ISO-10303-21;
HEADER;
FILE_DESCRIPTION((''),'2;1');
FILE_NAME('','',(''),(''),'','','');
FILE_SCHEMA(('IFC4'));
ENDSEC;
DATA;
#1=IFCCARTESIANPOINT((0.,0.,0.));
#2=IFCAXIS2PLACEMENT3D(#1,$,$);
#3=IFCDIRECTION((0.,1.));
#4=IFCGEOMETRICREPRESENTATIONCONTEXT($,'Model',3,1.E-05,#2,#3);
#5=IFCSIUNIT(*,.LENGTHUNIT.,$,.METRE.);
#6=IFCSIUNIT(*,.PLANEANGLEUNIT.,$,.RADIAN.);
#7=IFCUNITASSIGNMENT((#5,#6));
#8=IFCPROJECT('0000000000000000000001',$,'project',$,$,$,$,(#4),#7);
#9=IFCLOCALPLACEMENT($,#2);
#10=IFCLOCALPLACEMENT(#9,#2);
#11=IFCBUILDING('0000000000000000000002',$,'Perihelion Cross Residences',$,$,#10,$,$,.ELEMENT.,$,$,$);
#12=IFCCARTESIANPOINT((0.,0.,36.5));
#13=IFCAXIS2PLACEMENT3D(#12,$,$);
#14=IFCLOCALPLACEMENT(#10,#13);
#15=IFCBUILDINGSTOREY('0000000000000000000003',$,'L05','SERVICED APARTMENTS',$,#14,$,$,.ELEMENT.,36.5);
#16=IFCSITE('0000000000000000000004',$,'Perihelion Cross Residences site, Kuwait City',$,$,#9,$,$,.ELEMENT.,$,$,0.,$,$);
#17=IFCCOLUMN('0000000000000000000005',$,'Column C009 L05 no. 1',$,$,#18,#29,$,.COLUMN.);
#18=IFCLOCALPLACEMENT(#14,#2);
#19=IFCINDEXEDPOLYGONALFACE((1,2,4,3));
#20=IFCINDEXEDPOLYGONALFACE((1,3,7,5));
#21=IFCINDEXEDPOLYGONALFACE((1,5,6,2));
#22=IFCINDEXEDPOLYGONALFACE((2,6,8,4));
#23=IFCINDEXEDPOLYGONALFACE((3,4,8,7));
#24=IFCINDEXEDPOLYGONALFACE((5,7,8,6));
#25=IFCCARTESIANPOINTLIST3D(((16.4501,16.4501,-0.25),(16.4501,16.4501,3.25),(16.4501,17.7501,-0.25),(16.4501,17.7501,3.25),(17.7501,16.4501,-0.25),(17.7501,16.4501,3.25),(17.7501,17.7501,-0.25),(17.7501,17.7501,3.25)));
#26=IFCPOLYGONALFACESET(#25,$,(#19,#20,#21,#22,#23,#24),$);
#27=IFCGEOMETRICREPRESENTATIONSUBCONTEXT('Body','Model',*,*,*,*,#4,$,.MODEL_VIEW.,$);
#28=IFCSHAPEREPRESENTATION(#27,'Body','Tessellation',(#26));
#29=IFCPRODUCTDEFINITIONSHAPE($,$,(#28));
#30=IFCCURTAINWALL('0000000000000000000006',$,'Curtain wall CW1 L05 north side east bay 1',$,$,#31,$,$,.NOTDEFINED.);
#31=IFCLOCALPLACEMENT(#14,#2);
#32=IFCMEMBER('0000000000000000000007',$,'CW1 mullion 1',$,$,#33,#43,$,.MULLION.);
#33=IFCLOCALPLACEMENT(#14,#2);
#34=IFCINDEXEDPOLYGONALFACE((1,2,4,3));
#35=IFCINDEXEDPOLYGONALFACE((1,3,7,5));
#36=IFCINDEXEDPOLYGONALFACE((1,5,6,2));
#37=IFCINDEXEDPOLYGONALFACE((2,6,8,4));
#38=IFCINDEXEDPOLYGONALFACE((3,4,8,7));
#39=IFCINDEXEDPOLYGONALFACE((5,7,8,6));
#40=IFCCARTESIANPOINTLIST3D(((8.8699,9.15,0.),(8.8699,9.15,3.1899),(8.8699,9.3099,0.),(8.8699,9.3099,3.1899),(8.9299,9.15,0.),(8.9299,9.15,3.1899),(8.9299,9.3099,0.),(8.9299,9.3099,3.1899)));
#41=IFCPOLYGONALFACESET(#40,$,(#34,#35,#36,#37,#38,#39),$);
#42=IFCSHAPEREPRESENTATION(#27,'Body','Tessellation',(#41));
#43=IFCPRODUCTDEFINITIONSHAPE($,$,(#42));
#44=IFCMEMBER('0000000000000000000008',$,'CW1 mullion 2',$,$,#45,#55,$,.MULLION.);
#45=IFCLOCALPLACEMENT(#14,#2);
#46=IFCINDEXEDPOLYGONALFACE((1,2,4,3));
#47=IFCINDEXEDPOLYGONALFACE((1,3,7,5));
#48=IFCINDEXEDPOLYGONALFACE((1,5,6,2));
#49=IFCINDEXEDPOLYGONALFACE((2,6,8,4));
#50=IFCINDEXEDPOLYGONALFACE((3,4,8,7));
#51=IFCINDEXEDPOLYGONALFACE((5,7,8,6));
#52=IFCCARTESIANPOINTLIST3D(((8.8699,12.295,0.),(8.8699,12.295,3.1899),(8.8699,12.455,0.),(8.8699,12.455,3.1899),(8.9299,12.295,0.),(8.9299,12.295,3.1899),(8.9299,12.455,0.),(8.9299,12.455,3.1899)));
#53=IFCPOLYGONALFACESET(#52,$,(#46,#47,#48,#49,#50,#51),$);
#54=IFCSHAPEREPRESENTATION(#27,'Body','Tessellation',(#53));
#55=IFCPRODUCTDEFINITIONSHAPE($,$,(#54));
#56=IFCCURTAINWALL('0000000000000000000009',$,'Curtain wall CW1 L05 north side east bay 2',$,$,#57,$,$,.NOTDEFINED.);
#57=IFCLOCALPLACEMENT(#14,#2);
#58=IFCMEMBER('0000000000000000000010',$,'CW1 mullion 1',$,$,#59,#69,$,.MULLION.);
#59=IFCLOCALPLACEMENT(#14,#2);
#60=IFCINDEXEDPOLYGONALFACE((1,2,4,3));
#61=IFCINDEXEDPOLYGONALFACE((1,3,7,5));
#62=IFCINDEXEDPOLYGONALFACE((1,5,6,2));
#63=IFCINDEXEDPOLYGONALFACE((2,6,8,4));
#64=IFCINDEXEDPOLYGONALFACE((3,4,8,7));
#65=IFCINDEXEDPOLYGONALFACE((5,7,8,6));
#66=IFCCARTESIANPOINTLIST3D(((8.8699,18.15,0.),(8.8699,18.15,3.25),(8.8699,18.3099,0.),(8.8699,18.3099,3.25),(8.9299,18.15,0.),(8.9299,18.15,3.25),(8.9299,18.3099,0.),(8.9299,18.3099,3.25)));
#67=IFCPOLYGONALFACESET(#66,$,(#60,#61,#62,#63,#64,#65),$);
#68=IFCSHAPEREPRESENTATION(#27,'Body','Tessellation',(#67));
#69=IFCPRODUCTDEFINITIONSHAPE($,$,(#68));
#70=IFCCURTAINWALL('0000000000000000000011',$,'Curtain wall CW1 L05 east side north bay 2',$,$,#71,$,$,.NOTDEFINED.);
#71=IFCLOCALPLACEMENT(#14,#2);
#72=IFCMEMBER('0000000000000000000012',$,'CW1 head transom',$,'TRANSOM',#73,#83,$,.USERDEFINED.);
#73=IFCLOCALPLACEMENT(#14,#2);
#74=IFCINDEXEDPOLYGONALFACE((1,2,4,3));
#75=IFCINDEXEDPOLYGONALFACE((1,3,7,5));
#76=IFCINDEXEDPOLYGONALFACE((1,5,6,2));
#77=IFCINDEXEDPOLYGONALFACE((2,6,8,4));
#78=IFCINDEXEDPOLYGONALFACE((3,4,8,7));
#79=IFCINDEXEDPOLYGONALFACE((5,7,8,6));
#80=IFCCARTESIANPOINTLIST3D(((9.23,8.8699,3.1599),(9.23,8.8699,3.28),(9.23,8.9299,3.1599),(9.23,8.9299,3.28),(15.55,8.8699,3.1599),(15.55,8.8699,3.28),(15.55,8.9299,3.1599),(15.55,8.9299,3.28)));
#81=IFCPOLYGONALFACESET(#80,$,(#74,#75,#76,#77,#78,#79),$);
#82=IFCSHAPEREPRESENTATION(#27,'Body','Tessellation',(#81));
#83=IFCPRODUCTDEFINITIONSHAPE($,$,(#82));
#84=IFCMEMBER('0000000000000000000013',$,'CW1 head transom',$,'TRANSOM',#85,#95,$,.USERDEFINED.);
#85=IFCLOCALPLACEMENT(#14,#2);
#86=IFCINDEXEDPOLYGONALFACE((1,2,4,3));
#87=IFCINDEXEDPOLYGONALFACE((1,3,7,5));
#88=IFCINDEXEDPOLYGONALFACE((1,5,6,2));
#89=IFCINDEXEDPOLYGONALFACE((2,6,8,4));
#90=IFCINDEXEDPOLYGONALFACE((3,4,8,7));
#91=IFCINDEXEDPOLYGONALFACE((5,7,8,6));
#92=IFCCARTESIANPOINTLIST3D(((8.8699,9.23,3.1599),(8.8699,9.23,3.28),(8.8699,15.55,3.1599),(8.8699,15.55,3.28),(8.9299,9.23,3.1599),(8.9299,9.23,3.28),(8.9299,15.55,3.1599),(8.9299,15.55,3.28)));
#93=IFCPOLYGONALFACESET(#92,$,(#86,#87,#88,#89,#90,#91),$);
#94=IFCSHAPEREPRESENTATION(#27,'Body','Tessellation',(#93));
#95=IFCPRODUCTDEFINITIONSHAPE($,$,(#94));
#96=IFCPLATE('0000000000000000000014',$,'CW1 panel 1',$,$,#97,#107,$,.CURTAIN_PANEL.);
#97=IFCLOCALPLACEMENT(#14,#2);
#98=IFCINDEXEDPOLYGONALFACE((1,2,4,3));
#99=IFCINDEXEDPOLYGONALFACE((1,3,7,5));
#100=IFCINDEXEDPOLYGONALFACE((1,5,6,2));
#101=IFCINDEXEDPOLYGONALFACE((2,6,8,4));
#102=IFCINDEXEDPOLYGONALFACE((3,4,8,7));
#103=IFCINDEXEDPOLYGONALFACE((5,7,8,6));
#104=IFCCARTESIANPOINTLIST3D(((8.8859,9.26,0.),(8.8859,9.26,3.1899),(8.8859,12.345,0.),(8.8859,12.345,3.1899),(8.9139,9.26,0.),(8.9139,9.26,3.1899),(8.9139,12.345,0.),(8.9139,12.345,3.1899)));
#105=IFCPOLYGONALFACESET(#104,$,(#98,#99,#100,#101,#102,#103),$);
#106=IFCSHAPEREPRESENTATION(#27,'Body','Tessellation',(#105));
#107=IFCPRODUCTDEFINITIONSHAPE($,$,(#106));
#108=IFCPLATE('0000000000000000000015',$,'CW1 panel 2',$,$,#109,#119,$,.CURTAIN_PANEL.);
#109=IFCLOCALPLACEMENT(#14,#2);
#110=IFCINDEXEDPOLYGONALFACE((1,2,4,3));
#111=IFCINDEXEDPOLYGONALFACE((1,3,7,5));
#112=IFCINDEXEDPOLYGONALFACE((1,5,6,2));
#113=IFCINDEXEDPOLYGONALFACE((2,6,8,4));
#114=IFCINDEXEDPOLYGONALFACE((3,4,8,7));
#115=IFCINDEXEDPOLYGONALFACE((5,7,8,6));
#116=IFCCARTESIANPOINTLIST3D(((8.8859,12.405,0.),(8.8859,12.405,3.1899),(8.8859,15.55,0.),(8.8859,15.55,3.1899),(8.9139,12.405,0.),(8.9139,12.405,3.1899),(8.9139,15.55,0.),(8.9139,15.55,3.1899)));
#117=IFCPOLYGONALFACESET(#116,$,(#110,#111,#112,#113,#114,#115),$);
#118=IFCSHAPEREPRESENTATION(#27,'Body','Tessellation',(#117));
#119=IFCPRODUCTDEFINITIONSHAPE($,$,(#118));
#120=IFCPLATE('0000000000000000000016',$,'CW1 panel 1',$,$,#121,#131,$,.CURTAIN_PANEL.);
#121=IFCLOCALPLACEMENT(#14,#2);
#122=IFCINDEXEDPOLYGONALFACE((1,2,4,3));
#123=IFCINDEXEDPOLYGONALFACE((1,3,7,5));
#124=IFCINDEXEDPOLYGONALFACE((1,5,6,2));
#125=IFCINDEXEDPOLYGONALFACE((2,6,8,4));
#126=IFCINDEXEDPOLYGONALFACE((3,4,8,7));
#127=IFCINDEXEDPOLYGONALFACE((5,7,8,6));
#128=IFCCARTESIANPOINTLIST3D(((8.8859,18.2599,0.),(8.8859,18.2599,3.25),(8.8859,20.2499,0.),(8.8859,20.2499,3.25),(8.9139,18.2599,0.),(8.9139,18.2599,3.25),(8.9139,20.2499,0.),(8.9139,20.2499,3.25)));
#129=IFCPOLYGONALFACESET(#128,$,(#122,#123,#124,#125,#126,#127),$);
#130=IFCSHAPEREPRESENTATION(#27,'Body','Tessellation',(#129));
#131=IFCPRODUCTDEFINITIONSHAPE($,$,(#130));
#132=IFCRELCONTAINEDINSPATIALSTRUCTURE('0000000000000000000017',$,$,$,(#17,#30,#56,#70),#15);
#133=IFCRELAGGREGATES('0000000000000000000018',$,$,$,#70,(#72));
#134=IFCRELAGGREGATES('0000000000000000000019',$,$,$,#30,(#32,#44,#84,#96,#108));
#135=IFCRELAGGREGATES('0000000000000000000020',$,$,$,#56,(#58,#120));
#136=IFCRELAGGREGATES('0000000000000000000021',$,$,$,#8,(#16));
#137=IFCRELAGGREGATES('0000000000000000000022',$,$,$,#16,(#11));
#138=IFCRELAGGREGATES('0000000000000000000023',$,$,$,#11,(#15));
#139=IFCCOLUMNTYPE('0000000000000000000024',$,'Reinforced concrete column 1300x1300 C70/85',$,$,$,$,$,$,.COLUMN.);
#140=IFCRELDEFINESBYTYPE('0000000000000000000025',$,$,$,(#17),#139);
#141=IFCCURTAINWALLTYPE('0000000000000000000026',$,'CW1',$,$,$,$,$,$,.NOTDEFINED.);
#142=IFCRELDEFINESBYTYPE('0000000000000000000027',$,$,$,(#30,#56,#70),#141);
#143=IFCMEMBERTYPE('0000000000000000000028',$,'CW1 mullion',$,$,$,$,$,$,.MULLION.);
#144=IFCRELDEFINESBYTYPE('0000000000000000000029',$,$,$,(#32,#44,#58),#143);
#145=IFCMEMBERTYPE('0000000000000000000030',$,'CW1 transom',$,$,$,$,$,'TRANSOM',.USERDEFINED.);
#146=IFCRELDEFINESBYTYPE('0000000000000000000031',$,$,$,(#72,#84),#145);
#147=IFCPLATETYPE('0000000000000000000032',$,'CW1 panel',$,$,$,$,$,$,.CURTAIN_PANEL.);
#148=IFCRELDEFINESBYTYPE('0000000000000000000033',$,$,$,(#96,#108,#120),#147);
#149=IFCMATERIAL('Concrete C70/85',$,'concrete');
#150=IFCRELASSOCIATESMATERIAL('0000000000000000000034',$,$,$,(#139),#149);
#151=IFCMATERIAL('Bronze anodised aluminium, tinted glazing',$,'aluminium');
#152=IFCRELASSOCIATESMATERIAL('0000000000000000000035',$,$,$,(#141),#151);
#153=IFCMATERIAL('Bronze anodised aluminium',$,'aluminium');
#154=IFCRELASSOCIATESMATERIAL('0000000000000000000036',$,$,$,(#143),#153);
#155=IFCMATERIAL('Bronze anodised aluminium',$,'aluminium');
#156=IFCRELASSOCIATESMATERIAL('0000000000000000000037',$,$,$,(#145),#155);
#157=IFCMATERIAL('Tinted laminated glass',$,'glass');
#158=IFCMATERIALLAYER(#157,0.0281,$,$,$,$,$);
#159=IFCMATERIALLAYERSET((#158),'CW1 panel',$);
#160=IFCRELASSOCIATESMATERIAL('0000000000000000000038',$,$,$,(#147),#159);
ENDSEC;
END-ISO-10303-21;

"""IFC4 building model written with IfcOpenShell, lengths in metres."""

from ifc_helpers import new_model, si_unit, direction, frame, origin, origin_2d, place, context, subcontext, project, spatial, rectangle, extrude, material, layer, layer_set, material_profile, profile_set, type_object, element, aggregate, save


model = new_model("IFC4")

# Units and contexts
model_context = context("Model", 3, precision=1e-05, world=origin(), true_north=direction((0.0, 1.0)))
body_context = subcontext(model_context, "Body", "Model", "MODEL_VIEW")
ifc_project = project(units=[si_unit("LENGTHUNIT", "METRE"), si_unit("PLANEANGLEUNIT", "RADIAN")], contexts=[model_context])

# Site, building, storey
site_placement = place(None, origin())
site = spatial("IfcSite", under=ifc_project, at=site_placement, Name="Perihelion Cross Residences site, Kuwait City", CompositionType="ELEMENT", RefElevation=0.0)
building_placement = place(site_placement, origin())
building = spatial("IfcBuilding", under=site, at=building_placement, Name="Perihelion Cross Residences", CompositionType="ELEMENT")
storey_placement = place(building_placement, frame((0.0, 0.0, 36.5)))
storey = spatial("IfcBuildingStorey", under=building, at=storey_placement, Name="L05", Description="SERVICED APARTMENTS", CompositionType="ELEMENT", Elevation=36.5)

# Column
ifc_material_1 = material(Name="Concrete C70/85", Category="concrete")
ifc_material_profile_1 = material_profile(ifc_material_1, rectangle(XDim=1.3, YDim=1.3, at=origin_2d()), Name="RC 1300x1300")
ifc_profile_set_1 = profile_set([ifc_material_profile_1], Name="Concrete C70/85")
column_type = type_object("IfcColumnType", Name="Reinforced concrete column 1300x1300 C70/85", PredefinedType="COLUMN", material=ifc_profile_set_1)
column_placement = place(storey_placement, frame((17.1001, 17.1001, -0.25), z_axis=(0.0, 0.0, 1.0), x_axis=(1.0, 0.0, 0.0)))
element("IfcColumn", 1, at=column_placement, inside=storey, type_object=column_type, Name="Column C009 L05 no. 1", PredefinedType="COLUMN", context=body_context, shape_type="SweptSolid", body=[
    extrude(rectangle(XDim=1.3, YDim=1.3, at=origin_2d()), origin(), (0.0, 0.0, 1.0), 3.5),
])

# Curtain wall, members
ifc_material_2 = material(Name="Bronze anodised aluminium, tinted glazing", Category="aluminium")
curtain_wall_type = type_object("IfcCurtainWallType", Name="CW1", PredefinedType="NOTDEFINED", material=ifc_material_2)
curtain_wall_1_placement = place(storey_placement, origin())
curtain_wall_1 = element("IfcCurtainWall", 2, at=curtain_wall_1_placement, inside=storey, type_object=curtain_wall_type, Name="Curtain wall CW1 L05 north side east bay 1", PredefinedType="NOTDEFINED")
ifc_material_3 = material(Name="Bronze anodised aluminium", Category="aluminium")
ifc_material_profile_2 = material_profile(ifc_material_3, rectangle(XDim=0.0601, YDim=0.1599, at=origin_2d()), Name="CW1 mullion")
ifc_profile_set_2 = profile_set([ifc_material_profile_2], Name="Bronze anodised aluminium")
member_type_1 = type_object("IfcMemberType", Name="CW1 mullion", PredefinedType="MULLION", material=ifc_profile_set_2)
member_1_placement = place(storey_placement, frame((8.8999, 9.23, 0.0), z_axis=(0.0, 0.0, 1.0), x_axis=(-1.0, 0.0, 0.0)))
member_1 = element("IfcMember", 3, at=member_1_placement, type_object=member_type_1, Name="CW1 mullion 1", PredefinedType="MULLION", context=body_context, shape_type="SweptSolid", body=[
    extrude(rectangle(XDim=0.0601, YDim=0.1599, at=origin_2d()), origin(), (0.0, 0.0, 1.0), 3.1899),
])
member_2_placement = place(storey_placement, frame((8.8999, 12.375, 0.0), z_axis=(0.0, 0.0, 1.0), x_axis=(-1.0, 0.0, 0.0)))
member_2 = element("IfcMember", 4, at=member_2_placement, type_object=member_type_1, Name="CW1 mullion 2", PredefinedType="MULLION", context=body_context, shape_type="SweptSolid", body=[
    extrude(rectangle(XDim=0.0601, YDim=0.1599, at=origin_2d()), origin(), (0.0, 0.0, 1.0), 3.1899),
])

# Curtain walls, members
curtain_wall_2_placement = place(storey_placement, origin())
curtain_wall_2 = element("IfcCurtainWall", 5, at=curtain_wall_2_placement, inside=storey, type_object=curtain_wall_type, Name="Curtain wall CW1 L05 north side east bay 2", PredefinedType="NOTDEFINED")
member_3_placement = place(storey_placement, frame((8.8999, 18.23, 0.0), z_axis=(0.0, 0.0, 1.0), x_axis=(-1.0, 0.0, 0.0)))
member_3 = element("IfcMember", 6, at=member_3_placement, type_object=member_type_1, Name="CW1 mullion 1", PredefinedType="MULLION", context=body_context, shape_type="SweptSolid", body=[
    extrude(rectangle(XDim=0.0601, YDim=0.1599, at=origin_2d()), origin(), (0.0, 0.0, 1.0), 3.25),
])
curtain_wall_3_placement = place(storey_placement, origin())
curtain_wall_3 = element("IfcCurtainWall", 7, at=curtain_wall_3_placement, inside=storey, type_object=curtain_wall_type, Name="Curtain wall CW1 L05 east side north bay 2", PredefinedType="NOTDEFINED")
ifc_material_4 = material(Name="Bronze anodised aluminium", Category="aluminium")
ifc_material_profile_3 = material_profile(ifc_material_4, rectangle(XDim=0.0601, YDim=0.1201, at=origin_2d()), Name="CW1 transom")
ifc_profile_set_3 = profile_set([ifc_material_profile_3], Name="Bronze anodised aluminium")
member_type_2 = type_object("IfcMemberType", Name="CW1 transom", ElementType="TRANSOM", PredefinedType="USERDEFINED", material=ifc_profile_set_3)
member_4_placement = place(storey_placement, frame((15.55, 8.8999, 3.22), z_axis=(-1.0, 0.0, 0.0), x_axis=(0.0, -1.0, 0.0)))
member_4 = element("IfcMember", 8, at=member_4_placement, type_object=member_type_2, Name="CW1 head transom", ObjectType="TRANSOM", PredefinedType="USERDEFINED", context=body_context, shape_type="SweptSolid", body=[
    extrude(rectangle(XDim=0.0601, YDim=0.1201, at=origin_2d()), origin(), (0.0, 0.0, 1.0), 6.3201),
])
aggregate(curtain_wall_3, [member_4])

# Member
member_5_placement = place(storey_placement, frame((8.8999, 9.23, 3.22), z_axis=(0.0, 1.0, 0.0), x_axis=(-1.0, 0.0, 0.0)))
member_5 = element("IfcMember", 9, at=member_5_placement, type_object=member_type_2, Name="CW1 head transom", ObjectType="TRANSOM", PredefinedType="USERDEFINED", context=body_context, shape_type="SweptSolid", body=[
    extrude(rectangle(XDim=0.0601, YDim=0.1201, at=origin_2d()), origin(), (0.0, 0.0, 1.0), 6.3201),
])

# Plates
ifc_material_5 = material(Name="Tinted laminated glass", Category="glass")
ifc_layer_1 = layer(ifc_material_5, 0.0281)
ifc_layer_set_1 = layer_set([ifc_layer_1], Name="CW1 panel")
plate_type = type_object("IfcPlateType", Name="CW1 panel", PredefinedType="CURTAIN_PANEL", material=ifc_layer_set_1)
plate_1_placement = place(storey_placement, frame((8.8999, 10.8025, 0.0), z_axis=(0.0, 0.0, 1.0), x_axis=(0.0, 1.0, 0.0)))
plate_1 = element("IfcPlate", 10, at=plate_1_placement, type_object=plate_type, Name="CW1 panel 1", PredefinedType="CURTAIN_PANEL", context=body_context, shape_type="SweptSolid", body=[
    extrude(rectangle(XDim=3.085, YDim=0.0281, at=origin_2d()), origin(), (0.0, 0.0, 1.0), 3.1899),
])
plate_2_placement = place(storey_placement, frame((8.8999, 13.9775, 0.0), z_axis=(0.0, 0.0, 1.0), x_axis=(0.0, 1.0, 0.0)))
plate_2 = element("IfcPlate", 11, at=plate_2_placement, type_object=plate_type, Name="CW1 panel 2", PredefinedType="CURTAIN_PANEL", context=body_context, shape_type="SweptSolid", body=[
    extrude(rectangle(XDim=3.145, YDim=0.0281, at=origin_2d()), origin(), (0.0, 0.0, 1.0), 3.1899),
])
aggregate(curtain_wall_1, [member_1, member_2, member_5, plate_1, plate_2])
plate_3_placement = place(storey_placement, frame((8.8999, 19.2549, 0.0), z_axis=(0.0, 0.0, 1.0), x_axis=(0.0, 1.0, 0.0)))
plate_3 = element("IfcPlate", 12, at=plate_3_placement, type_object=plate_type, Name="CW1 panel 1", PredefinedType="CURTAIN_PANEL", context=body_context, shape_type="SweptSolid", body=[
    extrude(rectangle(XDim=1.99, YDim=0.0281, at=origin_2d()), origin(), (0.0, 0.0, 1.0), 3.25),
])
aggregate(curtain_wall_2, [member_3, plate_3])

save(model, "model.ifc")
